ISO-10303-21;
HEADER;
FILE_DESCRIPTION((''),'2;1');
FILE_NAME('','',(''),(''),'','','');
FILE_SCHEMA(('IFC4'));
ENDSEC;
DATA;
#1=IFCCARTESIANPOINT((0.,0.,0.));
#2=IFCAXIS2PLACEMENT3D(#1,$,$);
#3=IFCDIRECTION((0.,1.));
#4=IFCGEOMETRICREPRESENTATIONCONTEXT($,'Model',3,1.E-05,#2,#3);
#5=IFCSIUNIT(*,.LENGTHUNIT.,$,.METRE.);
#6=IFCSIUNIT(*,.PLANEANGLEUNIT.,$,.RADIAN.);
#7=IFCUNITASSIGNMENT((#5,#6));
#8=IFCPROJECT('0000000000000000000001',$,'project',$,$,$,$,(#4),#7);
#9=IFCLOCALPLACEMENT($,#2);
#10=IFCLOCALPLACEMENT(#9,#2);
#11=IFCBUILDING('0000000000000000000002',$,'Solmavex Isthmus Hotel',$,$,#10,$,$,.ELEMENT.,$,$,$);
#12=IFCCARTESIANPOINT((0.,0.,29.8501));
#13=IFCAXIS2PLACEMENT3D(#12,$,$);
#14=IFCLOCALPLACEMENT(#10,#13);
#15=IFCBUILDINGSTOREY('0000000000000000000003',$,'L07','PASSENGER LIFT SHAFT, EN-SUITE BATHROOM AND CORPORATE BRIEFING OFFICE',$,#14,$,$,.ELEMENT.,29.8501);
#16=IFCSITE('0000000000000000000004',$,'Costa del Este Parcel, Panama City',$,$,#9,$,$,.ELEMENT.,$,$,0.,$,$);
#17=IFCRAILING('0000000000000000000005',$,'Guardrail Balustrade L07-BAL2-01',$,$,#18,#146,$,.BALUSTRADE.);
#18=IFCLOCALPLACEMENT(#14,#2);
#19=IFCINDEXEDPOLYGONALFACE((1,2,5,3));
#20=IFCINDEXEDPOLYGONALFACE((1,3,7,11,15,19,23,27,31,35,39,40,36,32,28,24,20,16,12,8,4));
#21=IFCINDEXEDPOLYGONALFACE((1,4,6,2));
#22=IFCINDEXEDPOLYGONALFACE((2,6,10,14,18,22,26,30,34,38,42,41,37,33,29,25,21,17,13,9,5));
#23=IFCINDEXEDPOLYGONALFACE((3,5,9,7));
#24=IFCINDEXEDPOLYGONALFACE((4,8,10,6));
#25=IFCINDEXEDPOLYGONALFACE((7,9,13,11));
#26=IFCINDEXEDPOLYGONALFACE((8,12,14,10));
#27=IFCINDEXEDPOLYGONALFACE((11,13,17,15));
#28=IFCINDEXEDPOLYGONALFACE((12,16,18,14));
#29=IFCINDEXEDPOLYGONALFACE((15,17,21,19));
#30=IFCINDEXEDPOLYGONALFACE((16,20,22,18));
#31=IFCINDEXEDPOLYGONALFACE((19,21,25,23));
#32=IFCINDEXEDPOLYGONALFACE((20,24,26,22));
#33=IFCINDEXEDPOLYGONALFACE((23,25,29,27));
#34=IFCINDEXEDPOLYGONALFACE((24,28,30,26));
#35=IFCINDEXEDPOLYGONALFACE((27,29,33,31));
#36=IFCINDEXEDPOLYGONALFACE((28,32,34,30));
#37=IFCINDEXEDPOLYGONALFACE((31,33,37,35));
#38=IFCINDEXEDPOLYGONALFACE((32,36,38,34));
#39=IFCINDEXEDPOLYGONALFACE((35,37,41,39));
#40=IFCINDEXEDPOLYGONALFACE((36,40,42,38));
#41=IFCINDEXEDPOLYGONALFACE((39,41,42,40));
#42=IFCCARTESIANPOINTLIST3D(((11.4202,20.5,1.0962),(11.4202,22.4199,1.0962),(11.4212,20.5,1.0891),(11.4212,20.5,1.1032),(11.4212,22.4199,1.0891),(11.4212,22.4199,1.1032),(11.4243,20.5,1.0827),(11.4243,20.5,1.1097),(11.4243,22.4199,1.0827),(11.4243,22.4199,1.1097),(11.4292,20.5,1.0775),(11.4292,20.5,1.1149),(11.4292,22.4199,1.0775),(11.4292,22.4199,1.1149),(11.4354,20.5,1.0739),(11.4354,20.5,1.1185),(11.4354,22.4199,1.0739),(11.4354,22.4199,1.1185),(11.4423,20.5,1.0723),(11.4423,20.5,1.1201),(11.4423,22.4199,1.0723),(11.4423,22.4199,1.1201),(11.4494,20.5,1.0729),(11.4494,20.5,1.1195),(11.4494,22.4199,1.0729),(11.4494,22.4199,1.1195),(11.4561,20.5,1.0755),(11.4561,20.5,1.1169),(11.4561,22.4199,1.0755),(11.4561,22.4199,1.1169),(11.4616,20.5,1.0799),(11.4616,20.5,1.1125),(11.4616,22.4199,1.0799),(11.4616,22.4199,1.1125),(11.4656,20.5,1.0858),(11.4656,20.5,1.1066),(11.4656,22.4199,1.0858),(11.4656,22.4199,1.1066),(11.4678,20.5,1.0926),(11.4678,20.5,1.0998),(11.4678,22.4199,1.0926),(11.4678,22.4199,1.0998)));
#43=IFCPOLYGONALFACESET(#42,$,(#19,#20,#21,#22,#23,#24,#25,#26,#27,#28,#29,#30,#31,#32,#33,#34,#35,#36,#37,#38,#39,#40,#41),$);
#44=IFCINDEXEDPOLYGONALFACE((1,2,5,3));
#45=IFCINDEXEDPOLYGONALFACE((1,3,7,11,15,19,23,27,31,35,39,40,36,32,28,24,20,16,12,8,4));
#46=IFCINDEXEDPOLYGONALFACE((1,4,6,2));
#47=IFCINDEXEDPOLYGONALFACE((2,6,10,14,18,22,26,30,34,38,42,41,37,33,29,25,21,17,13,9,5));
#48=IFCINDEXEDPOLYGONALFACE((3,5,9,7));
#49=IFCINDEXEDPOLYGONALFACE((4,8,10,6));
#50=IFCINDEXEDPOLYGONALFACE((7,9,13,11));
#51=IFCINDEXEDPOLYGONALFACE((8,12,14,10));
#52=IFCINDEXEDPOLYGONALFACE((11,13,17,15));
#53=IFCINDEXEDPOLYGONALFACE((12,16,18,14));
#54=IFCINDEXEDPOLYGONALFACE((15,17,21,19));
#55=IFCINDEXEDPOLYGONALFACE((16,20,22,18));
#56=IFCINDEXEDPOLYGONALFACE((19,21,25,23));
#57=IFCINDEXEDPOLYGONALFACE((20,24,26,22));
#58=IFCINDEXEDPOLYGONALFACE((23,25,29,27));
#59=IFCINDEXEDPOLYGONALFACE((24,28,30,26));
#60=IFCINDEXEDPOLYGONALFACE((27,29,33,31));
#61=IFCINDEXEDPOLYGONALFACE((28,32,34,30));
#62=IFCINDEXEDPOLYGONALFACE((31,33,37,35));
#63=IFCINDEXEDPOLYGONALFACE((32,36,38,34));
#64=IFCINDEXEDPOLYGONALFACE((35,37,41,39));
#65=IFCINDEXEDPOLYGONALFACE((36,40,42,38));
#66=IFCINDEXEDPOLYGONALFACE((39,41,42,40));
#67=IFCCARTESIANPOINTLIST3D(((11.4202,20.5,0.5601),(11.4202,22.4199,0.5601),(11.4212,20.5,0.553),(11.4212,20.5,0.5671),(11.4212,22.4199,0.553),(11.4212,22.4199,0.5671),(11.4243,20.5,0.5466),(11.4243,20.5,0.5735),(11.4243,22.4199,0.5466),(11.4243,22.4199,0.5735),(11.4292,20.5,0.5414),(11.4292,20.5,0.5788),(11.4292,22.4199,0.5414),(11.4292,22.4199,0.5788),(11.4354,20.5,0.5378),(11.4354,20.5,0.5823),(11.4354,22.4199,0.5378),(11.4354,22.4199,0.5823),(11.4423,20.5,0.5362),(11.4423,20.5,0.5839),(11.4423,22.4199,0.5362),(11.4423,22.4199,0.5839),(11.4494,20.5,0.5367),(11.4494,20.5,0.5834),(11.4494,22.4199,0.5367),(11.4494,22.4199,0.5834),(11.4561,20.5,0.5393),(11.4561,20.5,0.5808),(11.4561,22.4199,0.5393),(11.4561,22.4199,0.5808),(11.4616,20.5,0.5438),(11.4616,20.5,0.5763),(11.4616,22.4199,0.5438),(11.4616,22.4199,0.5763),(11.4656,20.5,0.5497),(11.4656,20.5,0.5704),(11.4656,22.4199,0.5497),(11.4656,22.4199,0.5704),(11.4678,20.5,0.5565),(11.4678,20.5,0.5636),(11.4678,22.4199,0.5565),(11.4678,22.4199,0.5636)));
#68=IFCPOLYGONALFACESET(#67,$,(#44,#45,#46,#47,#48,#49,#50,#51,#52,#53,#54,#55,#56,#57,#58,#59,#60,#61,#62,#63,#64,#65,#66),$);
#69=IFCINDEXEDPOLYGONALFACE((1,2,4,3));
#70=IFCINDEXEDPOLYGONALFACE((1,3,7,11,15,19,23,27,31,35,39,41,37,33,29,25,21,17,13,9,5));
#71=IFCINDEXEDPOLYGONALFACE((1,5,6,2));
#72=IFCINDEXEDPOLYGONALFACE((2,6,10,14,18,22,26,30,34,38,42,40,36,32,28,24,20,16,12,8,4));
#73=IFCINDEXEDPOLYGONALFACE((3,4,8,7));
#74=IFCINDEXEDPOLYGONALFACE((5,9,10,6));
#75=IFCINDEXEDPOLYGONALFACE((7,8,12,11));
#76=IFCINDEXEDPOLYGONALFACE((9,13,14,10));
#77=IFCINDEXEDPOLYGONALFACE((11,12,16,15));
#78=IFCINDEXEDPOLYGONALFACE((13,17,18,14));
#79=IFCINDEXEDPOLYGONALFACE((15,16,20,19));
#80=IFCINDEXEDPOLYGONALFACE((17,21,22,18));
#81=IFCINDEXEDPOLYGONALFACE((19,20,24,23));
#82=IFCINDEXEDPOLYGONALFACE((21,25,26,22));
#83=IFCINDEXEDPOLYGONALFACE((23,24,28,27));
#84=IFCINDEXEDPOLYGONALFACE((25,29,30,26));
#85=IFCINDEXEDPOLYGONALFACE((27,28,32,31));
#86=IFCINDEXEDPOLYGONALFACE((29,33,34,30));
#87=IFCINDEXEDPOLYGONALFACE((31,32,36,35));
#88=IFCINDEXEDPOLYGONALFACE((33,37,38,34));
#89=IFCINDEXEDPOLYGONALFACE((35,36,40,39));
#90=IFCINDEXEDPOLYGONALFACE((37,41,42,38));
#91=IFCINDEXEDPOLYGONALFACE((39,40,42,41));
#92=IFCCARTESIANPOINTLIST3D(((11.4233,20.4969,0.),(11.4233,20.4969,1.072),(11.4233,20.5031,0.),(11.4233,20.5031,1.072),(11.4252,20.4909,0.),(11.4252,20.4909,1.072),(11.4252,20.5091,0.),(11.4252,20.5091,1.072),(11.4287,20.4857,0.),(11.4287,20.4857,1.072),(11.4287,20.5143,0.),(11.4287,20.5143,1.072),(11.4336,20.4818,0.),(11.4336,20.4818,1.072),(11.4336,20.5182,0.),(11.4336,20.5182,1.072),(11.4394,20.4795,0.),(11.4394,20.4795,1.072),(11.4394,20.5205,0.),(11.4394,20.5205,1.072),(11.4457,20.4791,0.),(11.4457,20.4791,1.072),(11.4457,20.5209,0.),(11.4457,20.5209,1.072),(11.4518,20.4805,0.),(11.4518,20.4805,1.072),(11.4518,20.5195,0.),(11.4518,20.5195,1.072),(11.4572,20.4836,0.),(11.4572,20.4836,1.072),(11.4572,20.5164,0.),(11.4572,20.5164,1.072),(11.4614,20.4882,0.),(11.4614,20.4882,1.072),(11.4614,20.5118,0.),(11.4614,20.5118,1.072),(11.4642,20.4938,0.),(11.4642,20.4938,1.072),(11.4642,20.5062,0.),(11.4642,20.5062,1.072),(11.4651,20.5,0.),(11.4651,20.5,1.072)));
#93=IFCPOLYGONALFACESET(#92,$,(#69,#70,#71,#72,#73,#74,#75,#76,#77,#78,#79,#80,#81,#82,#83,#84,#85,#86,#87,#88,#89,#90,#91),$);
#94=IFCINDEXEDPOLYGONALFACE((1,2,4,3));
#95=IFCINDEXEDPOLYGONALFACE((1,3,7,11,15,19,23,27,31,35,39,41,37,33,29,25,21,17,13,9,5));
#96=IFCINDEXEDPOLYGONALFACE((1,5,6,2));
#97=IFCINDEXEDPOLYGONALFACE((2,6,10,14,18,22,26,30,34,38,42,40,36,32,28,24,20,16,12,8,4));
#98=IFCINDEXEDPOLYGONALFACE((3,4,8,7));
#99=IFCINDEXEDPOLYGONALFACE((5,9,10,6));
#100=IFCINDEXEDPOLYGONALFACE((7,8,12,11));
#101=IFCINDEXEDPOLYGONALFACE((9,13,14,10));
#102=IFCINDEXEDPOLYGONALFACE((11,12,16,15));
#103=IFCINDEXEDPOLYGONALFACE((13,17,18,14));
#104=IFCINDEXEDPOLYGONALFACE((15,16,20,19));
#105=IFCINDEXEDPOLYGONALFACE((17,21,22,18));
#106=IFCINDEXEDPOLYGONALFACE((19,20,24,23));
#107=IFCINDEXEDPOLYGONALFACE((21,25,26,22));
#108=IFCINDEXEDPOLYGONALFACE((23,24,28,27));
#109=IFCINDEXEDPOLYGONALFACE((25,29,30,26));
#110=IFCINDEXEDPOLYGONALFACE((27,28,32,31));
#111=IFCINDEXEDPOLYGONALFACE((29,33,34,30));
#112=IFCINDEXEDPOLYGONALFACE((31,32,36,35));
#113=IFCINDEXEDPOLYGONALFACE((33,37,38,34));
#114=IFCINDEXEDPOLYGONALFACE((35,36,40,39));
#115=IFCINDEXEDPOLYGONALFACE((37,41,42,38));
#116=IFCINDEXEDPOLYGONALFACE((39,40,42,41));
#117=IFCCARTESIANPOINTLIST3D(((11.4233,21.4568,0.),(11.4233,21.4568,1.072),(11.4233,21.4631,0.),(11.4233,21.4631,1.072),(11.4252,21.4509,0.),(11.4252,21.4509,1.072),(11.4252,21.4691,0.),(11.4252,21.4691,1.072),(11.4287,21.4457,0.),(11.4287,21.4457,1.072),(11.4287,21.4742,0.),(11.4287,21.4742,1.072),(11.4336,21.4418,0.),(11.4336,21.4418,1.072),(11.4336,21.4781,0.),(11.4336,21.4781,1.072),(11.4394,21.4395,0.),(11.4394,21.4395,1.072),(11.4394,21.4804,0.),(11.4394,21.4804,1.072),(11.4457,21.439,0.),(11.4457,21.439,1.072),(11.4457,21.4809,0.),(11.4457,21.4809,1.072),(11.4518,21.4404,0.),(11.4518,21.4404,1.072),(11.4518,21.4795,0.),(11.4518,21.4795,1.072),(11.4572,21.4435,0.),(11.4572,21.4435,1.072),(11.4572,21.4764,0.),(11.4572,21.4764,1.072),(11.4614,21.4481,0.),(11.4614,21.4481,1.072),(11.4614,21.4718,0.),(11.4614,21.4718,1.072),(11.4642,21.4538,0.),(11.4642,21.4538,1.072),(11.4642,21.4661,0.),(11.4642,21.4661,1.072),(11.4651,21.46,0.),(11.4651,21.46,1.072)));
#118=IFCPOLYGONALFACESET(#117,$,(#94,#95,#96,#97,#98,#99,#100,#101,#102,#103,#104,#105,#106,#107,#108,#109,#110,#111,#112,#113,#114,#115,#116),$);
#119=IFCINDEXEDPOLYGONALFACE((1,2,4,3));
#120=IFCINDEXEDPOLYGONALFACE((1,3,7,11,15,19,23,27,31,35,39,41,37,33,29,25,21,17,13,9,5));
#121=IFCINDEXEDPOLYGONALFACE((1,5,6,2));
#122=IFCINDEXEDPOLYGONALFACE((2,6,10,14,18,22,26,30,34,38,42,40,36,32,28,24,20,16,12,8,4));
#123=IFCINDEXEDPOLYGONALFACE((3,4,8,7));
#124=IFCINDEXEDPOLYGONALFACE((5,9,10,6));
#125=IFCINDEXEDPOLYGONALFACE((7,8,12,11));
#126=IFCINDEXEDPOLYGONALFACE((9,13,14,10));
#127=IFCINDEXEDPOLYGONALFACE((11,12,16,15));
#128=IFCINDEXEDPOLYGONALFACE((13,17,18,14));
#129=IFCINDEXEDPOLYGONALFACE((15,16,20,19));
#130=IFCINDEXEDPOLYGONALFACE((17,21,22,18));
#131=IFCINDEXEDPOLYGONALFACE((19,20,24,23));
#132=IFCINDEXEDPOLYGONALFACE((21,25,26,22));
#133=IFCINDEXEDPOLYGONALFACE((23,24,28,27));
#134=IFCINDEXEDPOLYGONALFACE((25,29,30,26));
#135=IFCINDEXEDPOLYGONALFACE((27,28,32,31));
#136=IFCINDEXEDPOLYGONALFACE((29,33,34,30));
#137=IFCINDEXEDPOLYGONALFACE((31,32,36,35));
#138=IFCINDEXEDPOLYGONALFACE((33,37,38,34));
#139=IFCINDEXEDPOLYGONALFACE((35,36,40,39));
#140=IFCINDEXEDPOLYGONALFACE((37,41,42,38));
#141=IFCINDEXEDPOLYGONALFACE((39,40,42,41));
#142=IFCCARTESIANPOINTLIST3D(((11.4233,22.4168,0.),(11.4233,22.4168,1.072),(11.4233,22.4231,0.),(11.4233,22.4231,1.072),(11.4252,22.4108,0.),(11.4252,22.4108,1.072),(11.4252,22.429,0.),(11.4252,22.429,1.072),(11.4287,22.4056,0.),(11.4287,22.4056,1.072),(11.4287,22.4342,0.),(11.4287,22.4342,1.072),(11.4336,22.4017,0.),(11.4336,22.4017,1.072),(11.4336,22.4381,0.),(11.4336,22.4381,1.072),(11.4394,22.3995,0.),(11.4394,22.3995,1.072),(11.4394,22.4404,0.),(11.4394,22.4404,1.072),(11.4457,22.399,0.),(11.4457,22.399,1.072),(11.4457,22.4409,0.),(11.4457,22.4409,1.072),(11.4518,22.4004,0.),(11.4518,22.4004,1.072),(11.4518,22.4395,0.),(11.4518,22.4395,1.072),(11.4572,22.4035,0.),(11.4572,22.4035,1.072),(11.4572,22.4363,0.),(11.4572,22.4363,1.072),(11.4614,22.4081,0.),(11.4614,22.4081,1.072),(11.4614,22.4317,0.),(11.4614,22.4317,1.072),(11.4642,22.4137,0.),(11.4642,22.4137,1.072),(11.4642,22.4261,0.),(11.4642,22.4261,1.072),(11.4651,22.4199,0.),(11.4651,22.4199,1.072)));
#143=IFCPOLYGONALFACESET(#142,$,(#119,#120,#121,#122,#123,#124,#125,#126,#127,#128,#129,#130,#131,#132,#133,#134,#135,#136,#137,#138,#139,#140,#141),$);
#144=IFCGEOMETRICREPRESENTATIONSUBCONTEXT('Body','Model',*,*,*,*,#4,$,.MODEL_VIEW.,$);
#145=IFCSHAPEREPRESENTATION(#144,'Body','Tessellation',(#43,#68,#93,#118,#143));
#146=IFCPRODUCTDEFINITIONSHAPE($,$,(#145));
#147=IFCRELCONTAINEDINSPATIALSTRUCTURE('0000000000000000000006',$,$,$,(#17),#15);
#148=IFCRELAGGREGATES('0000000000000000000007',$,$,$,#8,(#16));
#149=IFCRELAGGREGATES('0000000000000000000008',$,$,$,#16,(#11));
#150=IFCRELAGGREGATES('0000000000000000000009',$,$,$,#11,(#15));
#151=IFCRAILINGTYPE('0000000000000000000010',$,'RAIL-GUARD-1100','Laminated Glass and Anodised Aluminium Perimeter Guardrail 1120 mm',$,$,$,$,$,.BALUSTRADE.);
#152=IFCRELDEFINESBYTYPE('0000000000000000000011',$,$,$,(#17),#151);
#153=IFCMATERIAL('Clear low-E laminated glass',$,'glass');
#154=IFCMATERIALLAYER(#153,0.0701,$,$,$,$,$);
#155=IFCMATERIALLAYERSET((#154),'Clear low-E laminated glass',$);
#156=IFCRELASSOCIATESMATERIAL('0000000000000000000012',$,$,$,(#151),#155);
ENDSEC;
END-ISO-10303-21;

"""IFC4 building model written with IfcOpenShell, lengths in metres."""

from ifc_helpers import new_model, si_unit, direction, frame, origin, origin_2d, place, context, subcontext, project, spatial, circle, extrude, material, layer, layer_set, type_object, element, save


model = new_model("IFC4")

# Units and contexts
model_context = context("Model", 3, precision=1e-05, world=origin(), true_north=direction((0.0, 1.0)))
body_context = subcontext(model_context, "Body", "Model", "MODEL_VIEW")
ifc_project = project(units=[si_unit("LENGTHUNIT", "METRE"), si_unit("PLANEANGLEUNIT", "RADIAN")], contexts=[model_context])

# Site, building, storey
site_placement = place(None, origin())
site = spatial("IfcSite", under=ifc_project, at=site_placement, Name="Costa del Este Parcel, Panama City", CompositionType="ELEMENT", RefElevation=0.0)
building_placement = place(site_placement, origin())
building = spatial("IfcBuilding", under=site, at=building_placement, Name="Solmavex Isthmus Hotel", CompositionType="ELEMENT")
storey_placement = place(building_placement, frame((0.0, 0.0, 29.8501)))
storey = spatial("IfcBuildingStorey", under=building, at=storey_placement, Name="L07", Description="PASSENGER LIFT SHAFT, EN-SUITE BATHROOM AND CORPORATE BRIEFING OFFICE", CompositionType="ELEMENT", Elevation=29.8501)

# Shared definitions
ifc_material_1 = material(Name="Clear low-E laminated glass", Category="glass")

# Railing
ifc_layer_1 = layer(ifc_material_1, 0.0701)
ifc_layer_set_1 = layer_set([ifc_layer_1], Name="Clear low-E laminated glass")
railing_type = type_object("IfcRailingType", Name="RAIL-GUARD-1100", Description="Laminated Glass and Anodised Aluminium Perimeter Guardrail 1120 mm", PredefinedType="BALUSTRADE", material=ifc_layer_set_1)
railing_1_placement = place(storey_placement, frame((11.4441, 20.5, 0.0)))
element("IfcRailing", 1, at=railing_1_placement, inside=storey, type_object=railing_type, Name="Guardrail Balustrade L07-BAL2-01", PredefinedType="BALUSTRADE", context=body_context, shape_type="SweptSolid", body=[
    extrude(circle(Radius=0.0239, at=origin_2d()), frame((0.0, 0.0, 1.0962), z_axis=(0.0, 1.0, 0.0), x_axis=(-1.0, 0.0, 0.0)), (0.0, 0.0, 1.0), 1.9199),
    extrude(circle(Radius=0.0239, at=origin_2d()), frame((0.0, 0.0, 0.5601), z_axis=(0.0, 1.0, 0.0), x_axis=(-1.0, 0.0, 0.0)), (0.0, 0.0, 1.0), 1.9199),
    extrude(circle(Radius=0.021, at=origin_2d()), origin(), (0.0, 0.0, 1.0), 1.072),
    extrude(circle(Radius=0.021, at=origin_2d()), frame((0.0, 0.96, 0.0)), (0.0, 0.0, 1.0), 1.072),
    extrude(circle(Radius=0.021, at=origin_2d()), frame((0.0, 1.9199, 0.0)), (0.0, 0.0, 1.0), 1.072),
])

save(model, "model.ifc")
